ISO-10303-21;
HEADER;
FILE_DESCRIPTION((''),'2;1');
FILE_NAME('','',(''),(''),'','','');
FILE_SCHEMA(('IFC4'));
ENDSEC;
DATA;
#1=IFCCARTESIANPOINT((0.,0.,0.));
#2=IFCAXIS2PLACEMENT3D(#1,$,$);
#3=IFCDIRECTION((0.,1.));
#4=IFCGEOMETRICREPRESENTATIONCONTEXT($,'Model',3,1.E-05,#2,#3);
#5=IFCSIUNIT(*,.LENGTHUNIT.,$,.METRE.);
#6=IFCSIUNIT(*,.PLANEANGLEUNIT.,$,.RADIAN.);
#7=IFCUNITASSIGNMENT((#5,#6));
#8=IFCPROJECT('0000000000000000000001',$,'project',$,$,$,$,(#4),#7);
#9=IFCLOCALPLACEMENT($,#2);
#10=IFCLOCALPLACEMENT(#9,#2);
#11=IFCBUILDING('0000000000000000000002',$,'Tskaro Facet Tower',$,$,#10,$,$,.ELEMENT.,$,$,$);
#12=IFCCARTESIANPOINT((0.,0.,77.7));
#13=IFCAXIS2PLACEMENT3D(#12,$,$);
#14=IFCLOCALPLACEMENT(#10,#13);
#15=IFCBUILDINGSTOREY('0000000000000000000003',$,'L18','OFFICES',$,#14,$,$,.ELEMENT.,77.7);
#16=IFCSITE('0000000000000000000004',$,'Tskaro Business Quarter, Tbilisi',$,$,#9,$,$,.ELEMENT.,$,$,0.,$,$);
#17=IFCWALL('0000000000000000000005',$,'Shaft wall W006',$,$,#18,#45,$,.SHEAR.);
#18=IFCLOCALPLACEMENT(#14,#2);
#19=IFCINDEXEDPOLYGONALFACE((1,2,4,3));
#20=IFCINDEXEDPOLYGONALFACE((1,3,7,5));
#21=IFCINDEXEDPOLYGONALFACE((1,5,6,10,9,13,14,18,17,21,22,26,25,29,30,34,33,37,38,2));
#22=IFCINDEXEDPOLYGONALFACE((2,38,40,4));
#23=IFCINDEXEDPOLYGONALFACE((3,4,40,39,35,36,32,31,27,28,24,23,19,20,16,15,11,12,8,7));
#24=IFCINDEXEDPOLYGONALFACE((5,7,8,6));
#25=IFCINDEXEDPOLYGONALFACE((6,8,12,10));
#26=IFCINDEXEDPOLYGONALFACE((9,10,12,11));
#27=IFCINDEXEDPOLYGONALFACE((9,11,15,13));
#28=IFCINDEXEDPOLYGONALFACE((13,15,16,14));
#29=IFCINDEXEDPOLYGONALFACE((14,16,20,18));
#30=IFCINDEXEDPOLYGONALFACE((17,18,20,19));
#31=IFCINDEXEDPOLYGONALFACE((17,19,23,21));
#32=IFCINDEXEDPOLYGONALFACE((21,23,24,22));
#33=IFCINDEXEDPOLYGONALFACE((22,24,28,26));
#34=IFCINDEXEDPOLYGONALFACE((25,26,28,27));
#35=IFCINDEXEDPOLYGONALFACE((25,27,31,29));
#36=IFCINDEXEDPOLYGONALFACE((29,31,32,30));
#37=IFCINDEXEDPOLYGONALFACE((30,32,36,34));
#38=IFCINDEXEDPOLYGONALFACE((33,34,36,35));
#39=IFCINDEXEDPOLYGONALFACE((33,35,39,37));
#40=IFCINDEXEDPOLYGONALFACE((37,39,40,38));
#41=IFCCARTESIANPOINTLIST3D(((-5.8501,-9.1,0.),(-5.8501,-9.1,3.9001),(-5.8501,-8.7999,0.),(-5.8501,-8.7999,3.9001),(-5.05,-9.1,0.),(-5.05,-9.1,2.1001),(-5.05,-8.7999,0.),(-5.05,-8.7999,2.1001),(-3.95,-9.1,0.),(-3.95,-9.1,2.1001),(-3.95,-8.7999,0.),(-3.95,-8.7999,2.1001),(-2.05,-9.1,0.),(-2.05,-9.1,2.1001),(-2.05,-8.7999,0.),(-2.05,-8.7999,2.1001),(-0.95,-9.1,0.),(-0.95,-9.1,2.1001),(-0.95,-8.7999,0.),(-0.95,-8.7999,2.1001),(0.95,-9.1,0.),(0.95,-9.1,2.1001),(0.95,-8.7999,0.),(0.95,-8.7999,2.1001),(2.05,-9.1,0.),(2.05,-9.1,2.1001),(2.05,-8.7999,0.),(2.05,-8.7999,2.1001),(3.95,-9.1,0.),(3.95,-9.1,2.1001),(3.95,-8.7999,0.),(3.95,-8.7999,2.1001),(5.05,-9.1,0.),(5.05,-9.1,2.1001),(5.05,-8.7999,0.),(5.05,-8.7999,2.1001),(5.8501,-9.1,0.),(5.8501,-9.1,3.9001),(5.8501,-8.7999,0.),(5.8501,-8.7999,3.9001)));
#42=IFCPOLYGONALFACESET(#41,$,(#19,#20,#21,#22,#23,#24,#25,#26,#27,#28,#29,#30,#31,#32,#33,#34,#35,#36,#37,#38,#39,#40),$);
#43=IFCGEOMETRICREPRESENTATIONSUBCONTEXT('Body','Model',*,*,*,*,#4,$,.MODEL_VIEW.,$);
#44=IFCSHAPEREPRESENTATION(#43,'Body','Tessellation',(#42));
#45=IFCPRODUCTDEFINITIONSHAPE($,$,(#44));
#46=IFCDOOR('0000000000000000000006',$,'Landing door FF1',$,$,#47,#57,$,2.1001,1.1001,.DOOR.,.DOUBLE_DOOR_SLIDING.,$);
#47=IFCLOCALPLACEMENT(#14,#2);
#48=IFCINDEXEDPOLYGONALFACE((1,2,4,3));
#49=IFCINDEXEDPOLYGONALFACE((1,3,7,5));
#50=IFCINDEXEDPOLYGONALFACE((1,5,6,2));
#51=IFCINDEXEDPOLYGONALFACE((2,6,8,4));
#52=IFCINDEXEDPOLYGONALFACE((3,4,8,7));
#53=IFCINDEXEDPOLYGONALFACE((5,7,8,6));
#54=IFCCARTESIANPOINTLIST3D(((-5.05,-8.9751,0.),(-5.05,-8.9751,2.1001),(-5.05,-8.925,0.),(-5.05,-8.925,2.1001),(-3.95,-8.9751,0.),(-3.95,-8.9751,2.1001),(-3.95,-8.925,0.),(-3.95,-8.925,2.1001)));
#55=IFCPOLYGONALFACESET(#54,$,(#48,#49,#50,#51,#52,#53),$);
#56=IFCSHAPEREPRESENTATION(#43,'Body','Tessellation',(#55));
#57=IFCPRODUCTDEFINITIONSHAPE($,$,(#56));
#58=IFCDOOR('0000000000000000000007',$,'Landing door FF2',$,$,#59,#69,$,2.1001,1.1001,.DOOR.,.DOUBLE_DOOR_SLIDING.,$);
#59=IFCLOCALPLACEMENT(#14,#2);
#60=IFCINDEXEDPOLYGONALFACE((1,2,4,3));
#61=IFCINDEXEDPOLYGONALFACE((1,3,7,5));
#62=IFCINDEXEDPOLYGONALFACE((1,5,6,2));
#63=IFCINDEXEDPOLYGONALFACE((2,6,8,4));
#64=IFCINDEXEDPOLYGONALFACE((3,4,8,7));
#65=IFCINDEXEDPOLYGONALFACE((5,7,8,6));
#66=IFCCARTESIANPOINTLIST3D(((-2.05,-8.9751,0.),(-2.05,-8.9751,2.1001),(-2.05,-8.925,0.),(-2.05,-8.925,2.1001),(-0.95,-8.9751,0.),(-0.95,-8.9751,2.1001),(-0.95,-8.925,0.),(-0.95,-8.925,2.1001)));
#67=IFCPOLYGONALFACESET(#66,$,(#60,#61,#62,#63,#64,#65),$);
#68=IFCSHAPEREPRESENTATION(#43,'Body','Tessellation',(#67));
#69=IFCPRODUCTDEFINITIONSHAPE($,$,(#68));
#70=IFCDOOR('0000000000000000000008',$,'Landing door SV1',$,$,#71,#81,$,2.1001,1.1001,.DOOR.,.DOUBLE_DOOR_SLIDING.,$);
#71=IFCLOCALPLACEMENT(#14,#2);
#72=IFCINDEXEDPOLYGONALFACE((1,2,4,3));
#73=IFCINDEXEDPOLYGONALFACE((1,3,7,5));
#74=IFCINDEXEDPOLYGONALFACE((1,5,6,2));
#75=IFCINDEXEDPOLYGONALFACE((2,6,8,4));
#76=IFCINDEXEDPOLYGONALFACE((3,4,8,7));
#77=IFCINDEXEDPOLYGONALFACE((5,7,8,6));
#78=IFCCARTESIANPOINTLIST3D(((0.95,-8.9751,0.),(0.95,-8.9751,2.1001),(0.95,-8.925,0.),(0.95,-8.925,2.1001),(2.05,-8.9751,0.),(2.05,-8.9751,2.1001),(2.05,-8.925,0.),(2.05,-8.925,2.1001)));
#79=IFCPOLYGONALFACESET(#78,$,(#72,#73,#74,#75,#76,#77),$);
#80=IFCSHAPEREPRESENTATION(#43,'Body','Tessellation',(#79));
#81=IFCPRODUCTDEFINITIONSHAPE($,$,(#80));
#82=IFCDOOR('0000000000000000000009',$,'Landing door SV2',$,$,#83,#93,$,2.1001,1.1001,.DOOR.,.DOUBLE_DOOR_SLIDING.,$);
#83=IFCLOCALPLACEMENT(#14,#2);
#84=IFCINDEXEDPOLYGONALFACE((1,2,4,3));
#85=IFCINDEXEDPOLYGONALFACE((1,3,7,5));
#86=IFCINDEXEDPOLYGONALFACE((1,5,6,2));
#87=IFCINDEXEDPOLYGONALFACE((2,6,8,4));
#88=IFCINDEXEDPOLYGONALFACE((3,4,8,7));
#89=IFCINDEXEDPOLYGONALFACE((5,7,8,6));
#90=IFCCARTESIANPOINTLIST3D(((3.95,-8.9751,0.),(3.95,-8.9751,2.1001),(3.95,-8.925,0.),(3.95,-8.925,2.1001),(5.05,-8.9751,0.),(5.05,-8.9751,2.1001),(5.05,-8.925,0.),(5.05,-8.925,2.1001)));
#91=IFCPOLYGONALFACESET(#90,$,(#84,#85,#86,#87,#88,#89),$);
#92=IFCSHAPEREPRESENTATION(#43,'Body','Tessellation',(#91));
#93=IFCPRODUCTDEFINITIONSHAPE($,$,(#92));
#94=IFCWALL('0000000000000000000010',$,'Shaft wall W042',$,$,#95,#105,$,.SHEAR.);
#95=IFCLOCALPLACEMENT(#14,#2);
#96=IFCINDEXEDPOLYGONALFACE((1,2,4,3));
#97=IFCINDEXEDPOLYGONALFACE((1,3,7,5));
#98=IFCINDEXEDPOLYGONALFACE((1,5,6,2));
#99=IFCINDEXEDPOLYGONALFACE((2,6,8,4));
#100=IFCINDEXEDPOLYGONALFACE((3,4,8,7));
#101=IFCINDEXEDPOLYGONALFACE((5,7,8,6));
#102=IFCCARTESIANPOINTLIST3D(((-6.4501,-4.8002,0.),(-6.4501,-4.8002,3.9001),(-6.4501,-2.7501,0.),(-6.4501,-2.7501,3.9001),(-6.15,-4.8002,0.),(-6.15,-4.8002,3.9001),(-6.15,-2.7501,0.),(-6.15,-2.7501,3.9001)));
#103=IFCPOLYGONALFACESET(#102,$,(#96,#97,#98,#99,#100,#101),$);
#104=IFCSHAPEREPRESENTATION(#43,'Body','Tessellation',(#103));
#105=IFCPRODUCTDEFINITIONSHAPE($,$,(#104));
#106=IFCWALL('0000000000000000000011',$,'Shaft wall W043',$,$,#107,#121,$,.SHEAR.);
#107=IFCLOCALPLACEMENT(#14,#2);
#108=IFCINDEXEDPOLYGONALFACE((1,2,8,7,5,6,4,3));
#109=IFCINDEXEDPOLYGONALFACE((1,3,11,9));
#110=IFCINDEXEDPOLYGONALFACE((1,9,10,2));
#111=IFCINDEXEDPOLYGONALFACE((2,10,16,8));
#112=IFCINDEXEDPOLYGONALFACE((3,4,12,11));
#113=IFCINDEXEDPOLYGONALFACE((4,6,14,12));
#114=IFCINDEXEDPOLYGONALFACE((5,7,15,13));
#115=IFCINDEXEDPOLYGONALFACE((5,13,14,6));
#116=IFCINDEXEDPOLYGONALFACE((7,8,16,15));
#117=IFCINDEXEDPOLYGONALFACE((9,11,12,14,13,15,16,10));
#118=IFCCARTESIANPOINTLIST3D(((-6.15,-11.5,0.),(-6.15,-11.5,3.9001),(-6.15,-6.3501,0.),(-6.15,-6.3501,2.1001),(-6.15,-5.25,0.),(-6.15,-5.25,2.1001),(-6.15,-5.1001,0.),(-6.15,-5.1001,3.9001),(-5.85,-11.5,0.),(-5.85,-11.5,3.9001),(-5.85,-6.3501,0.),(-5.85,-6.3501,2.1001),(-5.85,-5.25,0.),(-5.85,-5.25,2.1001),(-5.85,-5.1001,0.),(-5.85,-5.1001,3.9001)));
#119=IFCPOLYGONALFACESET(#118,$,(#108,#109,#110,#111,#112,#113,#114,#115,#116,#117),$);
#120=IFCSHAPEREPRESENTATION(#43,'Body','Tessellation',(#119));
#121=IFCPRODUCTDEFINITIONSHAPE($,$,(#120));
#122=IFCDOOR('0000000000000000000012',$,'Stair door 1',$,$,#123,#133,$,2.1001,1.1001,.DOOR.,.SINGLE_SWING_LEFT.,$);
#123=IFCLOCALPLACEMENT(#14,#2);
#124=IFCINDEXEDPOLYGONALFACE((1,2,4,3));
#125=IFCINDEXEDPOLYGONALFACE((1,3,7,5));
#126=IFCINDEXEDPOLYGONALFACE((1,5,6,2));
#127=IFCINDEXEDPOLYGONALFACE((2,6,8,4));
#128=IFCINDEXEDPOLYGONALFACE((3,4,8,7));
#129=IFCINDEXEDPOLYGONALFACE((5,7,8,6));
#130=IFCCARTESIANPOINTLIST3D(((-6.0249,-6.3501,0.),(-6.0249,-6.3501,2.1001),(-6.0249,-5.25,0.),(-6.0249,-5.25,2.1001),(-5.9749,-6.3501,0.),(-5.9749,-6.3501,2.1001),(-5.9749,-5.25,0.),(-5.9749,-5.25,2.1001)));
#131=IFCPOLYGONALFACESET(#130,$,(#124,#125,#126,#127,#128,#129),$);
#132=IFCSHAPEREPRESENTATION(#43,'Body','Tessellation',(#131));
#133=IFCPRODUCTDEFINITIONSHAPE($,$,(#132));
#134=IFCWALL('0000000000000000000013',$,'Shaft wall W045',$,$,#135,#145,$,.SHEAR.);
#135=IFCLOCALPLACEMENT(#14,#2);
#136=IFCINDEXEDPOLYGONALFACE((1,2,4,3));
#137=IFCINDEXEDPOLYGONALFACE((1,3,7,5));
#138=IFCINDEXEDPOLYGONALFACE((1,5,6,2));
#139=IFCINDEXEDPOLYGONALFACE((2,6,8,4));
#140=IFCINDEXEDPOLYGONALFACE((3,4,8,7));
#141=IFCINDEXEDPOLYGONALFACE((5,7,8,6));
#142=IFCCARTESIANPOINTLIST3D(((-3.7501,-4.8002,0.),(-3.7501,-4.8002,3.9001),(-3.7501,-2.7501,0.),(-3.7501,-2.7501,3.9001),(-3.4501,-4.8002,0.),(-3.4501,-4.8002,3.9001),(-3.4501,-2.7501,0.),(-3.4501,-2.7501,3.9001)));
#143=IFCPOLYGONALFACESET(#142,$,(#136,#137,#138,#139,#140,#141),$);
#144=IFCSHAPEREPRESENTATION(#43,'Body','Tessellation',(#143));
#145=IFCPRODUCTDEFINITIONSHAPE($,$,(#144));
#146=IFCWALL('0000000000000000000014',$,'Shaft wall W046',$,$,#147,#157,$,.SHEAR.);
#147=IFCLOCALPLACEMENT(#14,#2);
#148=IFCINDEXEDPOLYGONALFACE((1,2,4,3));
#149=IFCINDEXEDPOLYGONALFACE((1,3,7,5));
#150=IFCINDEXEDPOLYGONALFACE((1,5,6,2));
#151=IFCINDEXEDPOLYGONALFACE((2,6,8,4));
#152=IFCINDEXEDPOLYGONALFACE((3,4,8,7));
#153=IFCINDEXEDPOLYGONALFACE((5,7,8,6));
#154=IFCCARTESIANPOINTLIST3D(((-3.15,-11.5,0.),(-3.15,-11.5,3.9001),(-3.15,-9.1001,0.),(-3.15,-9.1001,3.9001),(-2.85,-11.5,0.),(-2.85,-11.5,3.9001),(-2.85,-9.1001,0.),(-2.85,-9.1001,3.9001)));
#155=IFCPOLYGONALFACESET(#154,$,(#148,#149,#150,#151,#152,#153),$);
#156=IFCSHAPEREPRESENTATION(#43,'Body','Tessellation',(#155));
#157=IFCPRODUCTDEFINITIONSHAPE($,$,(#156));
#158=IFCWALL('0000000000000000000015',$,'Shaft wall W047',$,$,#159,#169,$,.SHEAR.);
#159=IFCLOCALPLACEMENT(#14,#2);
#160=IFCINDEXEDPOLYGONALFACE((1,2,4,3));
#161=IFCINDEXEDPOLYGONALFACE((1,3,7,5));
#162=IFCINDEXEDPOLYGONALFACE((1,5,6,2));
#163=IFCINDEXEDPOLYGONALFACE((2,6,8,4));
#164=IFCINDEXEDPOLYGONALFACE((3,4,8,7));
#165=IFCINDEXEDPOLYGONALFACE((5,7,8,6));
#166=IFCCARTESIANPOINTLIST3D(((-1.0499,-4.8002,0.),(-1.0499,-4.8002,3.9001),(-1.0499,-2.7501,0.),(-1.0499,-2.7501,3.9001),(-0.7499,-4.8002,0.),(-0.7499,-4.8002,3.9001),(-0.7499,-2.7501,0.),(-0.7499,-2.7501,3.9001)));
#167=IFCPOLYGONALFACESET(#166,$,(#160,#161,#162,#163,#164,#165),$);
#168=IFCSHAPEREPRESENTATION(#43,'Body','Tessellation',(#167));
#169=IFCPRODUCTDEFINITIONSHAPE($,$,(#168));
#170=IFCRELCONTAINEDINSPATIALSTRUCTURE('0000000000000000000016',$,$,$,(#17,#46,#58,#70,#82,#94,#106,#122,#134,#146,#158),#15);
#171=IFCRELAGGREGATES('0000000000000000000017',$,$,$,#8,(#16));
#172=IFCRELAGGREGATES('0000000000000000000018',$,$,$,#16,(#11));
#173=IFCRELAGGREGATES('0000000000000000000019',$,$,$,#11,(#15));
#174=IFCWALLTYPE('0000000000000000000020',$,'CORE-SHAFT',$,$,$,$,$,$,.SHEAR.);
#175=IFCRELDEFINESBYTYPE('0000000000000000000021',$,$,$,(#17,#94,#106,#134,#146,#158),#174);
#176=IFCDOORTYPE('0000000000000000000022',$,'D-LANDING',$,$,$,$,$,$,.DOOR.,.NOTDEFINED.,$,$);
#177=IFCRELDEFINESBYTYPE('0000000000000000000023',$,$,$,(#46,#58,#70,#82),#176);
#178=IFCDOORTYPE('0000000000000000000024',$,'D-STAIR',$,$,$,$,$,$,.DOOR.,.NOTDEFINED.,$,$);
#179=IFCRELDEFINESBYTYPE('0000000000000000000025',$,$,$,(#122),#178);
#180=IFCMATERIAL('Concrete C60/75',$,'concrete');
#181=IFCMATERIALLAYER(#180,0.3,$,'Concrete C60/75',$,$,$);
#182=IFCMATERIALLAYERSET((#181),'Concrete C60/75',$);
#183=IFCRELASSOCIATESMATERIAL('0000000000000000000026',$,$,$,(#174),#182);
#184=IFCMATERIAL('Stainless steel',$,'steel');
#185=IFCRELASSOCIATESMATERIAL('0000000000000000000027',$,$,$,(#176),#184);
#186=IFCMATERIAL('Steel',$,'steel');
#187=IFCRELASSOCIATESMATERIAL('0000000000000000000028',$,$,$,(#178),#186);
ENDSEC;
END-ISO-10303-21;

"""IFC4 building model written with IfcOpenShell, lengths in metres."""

from ifc_helpers import new_model, si_unit, direction, frame, frame_2d, origin, place, context, subcontext, project, spatial, rectangle, extrude, material, layer, layer_set, type_object, element, fill, save


model = new_model("IFC4")

# Units and contexts
model_context = context("Model", 3, precision=1e-05, world=origin(), true_north=direction((0.0, 1.0)))
body_context = subcontext(model_context, "Body", "Model", "MODEL_VIEW")
ifc_project = project(units=[si_unit("LENGTHUNIT", "METRE"), si_unit("PLANEANGLEUNIT", "RADIAN")], contexts=[model_context])

# Site, building, storey
site_placement = place(None, origin())
site = spatial("IfcSite", under=ifc_project, at=site_placement, Name="Tskaro Business Quarter, Tbilisi", CompositionType="ELEMENT", RefElevation=0.0)
building_placement = place(site_placement, origin())
building = spatial("IfcBuilding", under=site, at=building_placement, Name="Tskaro Facet Tower", CompositionType="ELEMENT")
storey_placement = place(building_placement, frame((0.0, 0.0, 77.7)))
storey = spatial("IfcBuildingStorey", under=building, at=storey_placement, Name="L18", Description="OFFICES", CompositionType="ELEMENT", Elevation=77.7)

# Wall, openings, doors
ifc_material_1 = material(Name="Concrete C60/75", Category="concrete")
ifc_layer = layer(ifc_material_1, 0.3, Name="Concrete C60/75")
ifc_layer_set = layer_set([ifc_layer], Name="Concrete C60/75")
wall_type = type_object("IfcWallType", Name="CORE-SHAFT", PredefinedType="SHEAR", material=ifc_layer_set)
wall_1_placement = place(storey_placement, frame((-5.8501, -8.95, 0.0), z_axis=(0.0, 0.0, 1.0), x_axis=(1.0, 0.0, 0.0)))
wall_1 = element("IfcWall", 1, at=wall_1_placement, inside=storey, type_object=wall_type, Name="Shaft wall W006", PredefinedType="SHEAR", context=body_context, shape_type="SweptSolid", body=[
    extrude(rectangle(XDim=11.7002, YDim=0.3, at=frame_2d((5.8501, 0.0))), origin(), (0.0, 0.0, 1.0), 3.9001),
])
opening_1_placement = place(wall_1_placement, frame((0.8, 0.0, 0.0)))
opening_1 = element("IfcOpeningElement", 2, at=opening_1_placement, cuts=wall_1, PredefinedType="OPENING", context=body_context, shape_type="SweptSolid", body=[
    extrude(rectangle(XDim=1.1001, YDim=2.1001, at=frame_2d((0.55, 1.05))), frame((0.0, 0.1599, 0.0), z_axis=(0.0, -1.0, 0.0), x_axis=(1.0, 0.0, 0.0)), (0.0, 0.0, 1.0), 0.3201),
])
opening_2_placement = place(wall_1_placement, frame((3.8, 0.0, 0.0)))
opening_2 = element("IfcOpeningElement", 3, at=opening_2_placement, cuts=wall_1, PredefinedType="OPENING", context=body_context, shape_type="SweptSolid", body=[
    extrude(rectangle(XDim=1.1001, YDim=2.1001, at=frame_2d((0.55, 1.05))), frame((0.0, 0.1599, 0.0), z_axis=(0.0, -1.0, 0.0), x_axis=(1.0, 0.0, 0.0)), (0.0, 0.0, 1.0), 0.3201),
])
opening_3_placement = place(wall_1_placement, frame((6.8, 0.0, 0.0)))
opening_3 = element("IfcOpeningElement", 4, at=opening_3_placement, cuts=wall_1, PredefinedType="OPENING", context=body_context, shape_type="SweptSolid", body=[
    extrude(rectangle(XDim=1.1001, YDim=2.1001, at=frame_2d((0.55, 1.05))), frame((0.0, 0.1599, 0.0), z_axis=(0.0, -1.0, 0.0), x_axis=(1.0, 0.0, 0.0)), (0.0, 0.0, 1.0), 0.3201),
])
opening_4_placement = place(wall_1_placement, frame((9.8, 0.0, 0.0)))
opening_4 = element("IfcOpeningElement", 5, at=opening_4_placement, cuts=wall_1, PredefinedType="OPENING", context=body_context, shape_type="SweptSolid", body=[
    extrude(rectangle(XDim=1.1001, YDim=2.1001, at=frame_2d((0.55, 1.05))), frame((0.0, 0.1599, 0.0), z_axis=(0.0, -1.0, 0.0), x_axis=(1.0, 0.0, 0.0)), (0.0, 0.0, 1.0), 0.3201),
])
ifc_material_2 = material(Name="Stainless steel", Category="steel")
door_type_1 = type_object("IfcDoorType", Name="D-LANDING", OperationType="NOTDEFINED", PredefinedType="DOOR", material=ifc_material_2)
door_1_placement = place(opening_1_placement, origin())
door_1 = element("IfcDoor", 6, at=door_1_placement, inside=storey, type_object=door_type_1, Name="Landing door FF1", OperationType="DOUBLE_DOOR_SLIDING", OverallHeight=2.1001, OverallWidth=1.1001, PredefinedType="DOOR", context=body_context, shape_type="SweptSolid", body=[
    extrude(rectangle(XDim=1.1001, YDim=2.1001, at=frame_2d((0.55, 1.05))), frame((0.0, 0.0249, 0.0), z_axis=(0.0, -1.0, 0.0), x_axis=(1.0, 0.0, 0.0)), (0.0, 0.0, 1.0), 0.05),
])
fill(opening_1, door_1)
door_2_placement = place(opening_2_placement, origin())
door_2 = element("IfcDoor", 7, at=door_2_placement, inside=storey, type_object=door_type_1, Name="Landing door FF2", OperationType="DOUBLE_DOOR_SLIDING", OverallHeight=2.1001, OverallWidth=1.1001, PredefinedType="DOOR", context=body_context, shape_type="SweptSolid", body=[
    extrude(rectangle(XDim=1.1001, YDim=2.1001, at=frame_2d((0.55, 1.05))), frame((0.0, 0.0249, 0.0), z_axis=(0.0, -1.0, 0.0), x_axis=(1.0, 0.0, 0.0)), (0.0, 0.0, 1.0), 0.05),
])
fill(opening_2, door_2)
door_3_placement = place(opening_3_placement, origin())
door_3 = element("IfcDoor", 8, at=door_3_placement, inside=storey, type_object=door_type_1, Name="Landing door SV1", OperationType="DOUBLE_DOOR_SLIDING", OverallHeight=2.1001, OverallWidth=1.1001, PredefinedType="DOOR", context=body_context, shape_type="SweptSolid", body=[
    extrude(rectangle(XDim=1.1001, YDim=2.1001, at=frame_2d((0.55, 1.05))), frame((0.0, 0.0249, 0.0), z_axis=(0.0, -1.0, 0.0), x_axis=(1.0, 0.0, 0.0)), (0.0, 0.0, 1.0), 0.05),
])
fill(opening_3, door_3)
door_4_placement = place(opening_4_placement, origin())
door_4 = element("IfcDoor", 9, at=door_4_placement, inside=storey, type_object=door_type_1, Name="Landing door SV2", OperationType="DOUBLE_DOOR_SLIDING", OverallHeight=2.1001, OverallWidth=1.1001, PredefinedType="DOOR", context=body_context, shape_type="SweptSolid", body=[
    extrude(rectangle(XDim=1.1001, YDim=2.1001, at=frame_2d((0.55, 1.05))), frame((0.0, 0.0249, 0.0), z_axis=(0.0, -1.0, 0.0), x_axis=(1.0, 0.0, 0.0)), (0.0, 0.0, 1.0), 0.05),
])
fill(opening_4, door_4)

# Wall
wall_2_placement = place(storey_placement, frame((-6.3, -4.8, 0.0), z_axis=(0.0, 0.0, 1.0), x_axis=(0.0, 1.0, 0.0)))
element("IfcWall", 10, at=wall_2_placement, inside=storey, type_object=wall_type, Name="Shaft wall W042", PredefinedType="SHEAR", context=body_context, shape_type="SweptSolid", body=[
    extrude(rectangle(XDim=2.05, YDim=0.3, at=frame_2d((1.0249, 0.0))), origin(), (0.0, 0.0, 1.0), 3.9001),
])

# Wall, opening, door
wall_3_placement = place(storey_placement, frame((-6.0, -11.5, 0.0), z_axis=(0.0, 0.0, 1.0), x_axis=(0.0, 1.0, 0.0)))
wall_3 = element("IfcWall", 11, at=wall_3_placement, inside=storey, type_object=wall_type, Name="Shaft wall W043", PredefinedType="SHEAR", context=body_context, shape_type="SweptSolid", body=[
    extrude(rectangle(XDim=6.3999, YDim=0.3, at=frame_2d((3.2, 0.0))), origin(), (0.0, 0.0, 1.0), 3.9001),
])
opening_5_placement = place(wall_3_placement, frame((5.1499, 0.0, 0.0)))
opening_5 = element("IfcOpeningElement", 12, at=opening_5_placement, cuts=wall_3, PredefinedType="OPENING", context=body_context, shape_type="SweptSolid", body=[
    extrude(rectangle(XDim=1.1001, YDim=2.1001, at=frame_2d((0.55, 1.05))), frame((0.0, 0.1599, 0.0), z_axis=(0.0, -1.0, 0.0), x_axis=(1.0, 0.0, 0.0)), (0.0, 0.0, 1.0), 0.3201),
])
ifc_material_3 = material(Name="Steel", Category="steel")
door_type_2 = type_object("IfcDoorType", Name="D-STAIR", OperationType="NOTDEFINED", PredefinedType="DOOR", material=ifc_material_3)
door_5_placement = place(opening_5_placement, origin())
door_5 = element("IfcDoor", 13, at=door_5_placement, inside=storey, type_object=door_type_2, Name="Stair door 1", OperationType="SINGLE_SWING_LEFT", OverallHeight=2.1001, OverallWidth=1.1001, PredefinedType="DOOR", context=body_context, shape_type="SweptSolid", body=[
    extrude(rectangle(XDim=1.1001, YDim=2.1001, at=frame_2d((0.55, 1.05))), frame((0.0, 0.0249, 0.0), z_axis=(0.0, -1.0, 0.0), x_axis=(1.0, 0.0, 0.0)), (0.0, 0.0, 1.0), 0.05),
])
fill(opening_5, door_5)

# Walls
wall_4_placement = place(storey_placement, frame((-3.6001, -4.8, 0.0), z_axis=(0.0, 0.0, 1.0), x_axis=(0.0, 1.0, 0.0)))
element("IfcWall", 14, at=wall_4_placement, inside=storey, type_object=wall_type, Name="Shaft wall W045", PredefinedType="SHEAR", context=body_context, shape_type="SweptSolid", body=[
    extrude(rectangle(XDim=2.05, YDim=0.3, at=frame_2d((1.0249, 0.0))), origin(), (0.0, 0.0, 1.0), 3.9001),
])
wall_5_placement = place(storey_placement, frame((-3.0, -11.5, 0.0), z_axis=(0.0, 0.0, 1.0), x_axis=(0.0, 1.0, 0.0)))
element("IfcWall", 15, at=wall_5_placement, inside=storey, type_object=wall_type, Name="Shaft wall W046", PredefinedType="SHEAR", context=body_context, shape_type="SweptSolid", body=[
    extrude(rectangle(XDim=2.3999, YDim=0.3, at=frame_2d((1.2, 0.0))), origin(), (0.0, 0.0, 1.0), 3.9001),
])
wall_6_placement = place(storey_placement, frame((-0.8999, -4.8, 0.0), z_axis=(0.0, 0.0, 1.0), x_axis=(0.0, 1.0, 0.0)))
element("IfcWall", 16, at=wall_6_placement, inside=storey, type_object=wall_type, Name="Shaft wall W047", PredefinedType="SHEAR", context=body_context, shape_type="SweptSolid", body=[
    extrude(rectangle(XDim=2.05, YDim=0.3, at=frame_2d((1.0249, 0.0))), origin(), (0.0, 0.0, 1.0), 3.9001),
])

save(model, "model.ifc")
